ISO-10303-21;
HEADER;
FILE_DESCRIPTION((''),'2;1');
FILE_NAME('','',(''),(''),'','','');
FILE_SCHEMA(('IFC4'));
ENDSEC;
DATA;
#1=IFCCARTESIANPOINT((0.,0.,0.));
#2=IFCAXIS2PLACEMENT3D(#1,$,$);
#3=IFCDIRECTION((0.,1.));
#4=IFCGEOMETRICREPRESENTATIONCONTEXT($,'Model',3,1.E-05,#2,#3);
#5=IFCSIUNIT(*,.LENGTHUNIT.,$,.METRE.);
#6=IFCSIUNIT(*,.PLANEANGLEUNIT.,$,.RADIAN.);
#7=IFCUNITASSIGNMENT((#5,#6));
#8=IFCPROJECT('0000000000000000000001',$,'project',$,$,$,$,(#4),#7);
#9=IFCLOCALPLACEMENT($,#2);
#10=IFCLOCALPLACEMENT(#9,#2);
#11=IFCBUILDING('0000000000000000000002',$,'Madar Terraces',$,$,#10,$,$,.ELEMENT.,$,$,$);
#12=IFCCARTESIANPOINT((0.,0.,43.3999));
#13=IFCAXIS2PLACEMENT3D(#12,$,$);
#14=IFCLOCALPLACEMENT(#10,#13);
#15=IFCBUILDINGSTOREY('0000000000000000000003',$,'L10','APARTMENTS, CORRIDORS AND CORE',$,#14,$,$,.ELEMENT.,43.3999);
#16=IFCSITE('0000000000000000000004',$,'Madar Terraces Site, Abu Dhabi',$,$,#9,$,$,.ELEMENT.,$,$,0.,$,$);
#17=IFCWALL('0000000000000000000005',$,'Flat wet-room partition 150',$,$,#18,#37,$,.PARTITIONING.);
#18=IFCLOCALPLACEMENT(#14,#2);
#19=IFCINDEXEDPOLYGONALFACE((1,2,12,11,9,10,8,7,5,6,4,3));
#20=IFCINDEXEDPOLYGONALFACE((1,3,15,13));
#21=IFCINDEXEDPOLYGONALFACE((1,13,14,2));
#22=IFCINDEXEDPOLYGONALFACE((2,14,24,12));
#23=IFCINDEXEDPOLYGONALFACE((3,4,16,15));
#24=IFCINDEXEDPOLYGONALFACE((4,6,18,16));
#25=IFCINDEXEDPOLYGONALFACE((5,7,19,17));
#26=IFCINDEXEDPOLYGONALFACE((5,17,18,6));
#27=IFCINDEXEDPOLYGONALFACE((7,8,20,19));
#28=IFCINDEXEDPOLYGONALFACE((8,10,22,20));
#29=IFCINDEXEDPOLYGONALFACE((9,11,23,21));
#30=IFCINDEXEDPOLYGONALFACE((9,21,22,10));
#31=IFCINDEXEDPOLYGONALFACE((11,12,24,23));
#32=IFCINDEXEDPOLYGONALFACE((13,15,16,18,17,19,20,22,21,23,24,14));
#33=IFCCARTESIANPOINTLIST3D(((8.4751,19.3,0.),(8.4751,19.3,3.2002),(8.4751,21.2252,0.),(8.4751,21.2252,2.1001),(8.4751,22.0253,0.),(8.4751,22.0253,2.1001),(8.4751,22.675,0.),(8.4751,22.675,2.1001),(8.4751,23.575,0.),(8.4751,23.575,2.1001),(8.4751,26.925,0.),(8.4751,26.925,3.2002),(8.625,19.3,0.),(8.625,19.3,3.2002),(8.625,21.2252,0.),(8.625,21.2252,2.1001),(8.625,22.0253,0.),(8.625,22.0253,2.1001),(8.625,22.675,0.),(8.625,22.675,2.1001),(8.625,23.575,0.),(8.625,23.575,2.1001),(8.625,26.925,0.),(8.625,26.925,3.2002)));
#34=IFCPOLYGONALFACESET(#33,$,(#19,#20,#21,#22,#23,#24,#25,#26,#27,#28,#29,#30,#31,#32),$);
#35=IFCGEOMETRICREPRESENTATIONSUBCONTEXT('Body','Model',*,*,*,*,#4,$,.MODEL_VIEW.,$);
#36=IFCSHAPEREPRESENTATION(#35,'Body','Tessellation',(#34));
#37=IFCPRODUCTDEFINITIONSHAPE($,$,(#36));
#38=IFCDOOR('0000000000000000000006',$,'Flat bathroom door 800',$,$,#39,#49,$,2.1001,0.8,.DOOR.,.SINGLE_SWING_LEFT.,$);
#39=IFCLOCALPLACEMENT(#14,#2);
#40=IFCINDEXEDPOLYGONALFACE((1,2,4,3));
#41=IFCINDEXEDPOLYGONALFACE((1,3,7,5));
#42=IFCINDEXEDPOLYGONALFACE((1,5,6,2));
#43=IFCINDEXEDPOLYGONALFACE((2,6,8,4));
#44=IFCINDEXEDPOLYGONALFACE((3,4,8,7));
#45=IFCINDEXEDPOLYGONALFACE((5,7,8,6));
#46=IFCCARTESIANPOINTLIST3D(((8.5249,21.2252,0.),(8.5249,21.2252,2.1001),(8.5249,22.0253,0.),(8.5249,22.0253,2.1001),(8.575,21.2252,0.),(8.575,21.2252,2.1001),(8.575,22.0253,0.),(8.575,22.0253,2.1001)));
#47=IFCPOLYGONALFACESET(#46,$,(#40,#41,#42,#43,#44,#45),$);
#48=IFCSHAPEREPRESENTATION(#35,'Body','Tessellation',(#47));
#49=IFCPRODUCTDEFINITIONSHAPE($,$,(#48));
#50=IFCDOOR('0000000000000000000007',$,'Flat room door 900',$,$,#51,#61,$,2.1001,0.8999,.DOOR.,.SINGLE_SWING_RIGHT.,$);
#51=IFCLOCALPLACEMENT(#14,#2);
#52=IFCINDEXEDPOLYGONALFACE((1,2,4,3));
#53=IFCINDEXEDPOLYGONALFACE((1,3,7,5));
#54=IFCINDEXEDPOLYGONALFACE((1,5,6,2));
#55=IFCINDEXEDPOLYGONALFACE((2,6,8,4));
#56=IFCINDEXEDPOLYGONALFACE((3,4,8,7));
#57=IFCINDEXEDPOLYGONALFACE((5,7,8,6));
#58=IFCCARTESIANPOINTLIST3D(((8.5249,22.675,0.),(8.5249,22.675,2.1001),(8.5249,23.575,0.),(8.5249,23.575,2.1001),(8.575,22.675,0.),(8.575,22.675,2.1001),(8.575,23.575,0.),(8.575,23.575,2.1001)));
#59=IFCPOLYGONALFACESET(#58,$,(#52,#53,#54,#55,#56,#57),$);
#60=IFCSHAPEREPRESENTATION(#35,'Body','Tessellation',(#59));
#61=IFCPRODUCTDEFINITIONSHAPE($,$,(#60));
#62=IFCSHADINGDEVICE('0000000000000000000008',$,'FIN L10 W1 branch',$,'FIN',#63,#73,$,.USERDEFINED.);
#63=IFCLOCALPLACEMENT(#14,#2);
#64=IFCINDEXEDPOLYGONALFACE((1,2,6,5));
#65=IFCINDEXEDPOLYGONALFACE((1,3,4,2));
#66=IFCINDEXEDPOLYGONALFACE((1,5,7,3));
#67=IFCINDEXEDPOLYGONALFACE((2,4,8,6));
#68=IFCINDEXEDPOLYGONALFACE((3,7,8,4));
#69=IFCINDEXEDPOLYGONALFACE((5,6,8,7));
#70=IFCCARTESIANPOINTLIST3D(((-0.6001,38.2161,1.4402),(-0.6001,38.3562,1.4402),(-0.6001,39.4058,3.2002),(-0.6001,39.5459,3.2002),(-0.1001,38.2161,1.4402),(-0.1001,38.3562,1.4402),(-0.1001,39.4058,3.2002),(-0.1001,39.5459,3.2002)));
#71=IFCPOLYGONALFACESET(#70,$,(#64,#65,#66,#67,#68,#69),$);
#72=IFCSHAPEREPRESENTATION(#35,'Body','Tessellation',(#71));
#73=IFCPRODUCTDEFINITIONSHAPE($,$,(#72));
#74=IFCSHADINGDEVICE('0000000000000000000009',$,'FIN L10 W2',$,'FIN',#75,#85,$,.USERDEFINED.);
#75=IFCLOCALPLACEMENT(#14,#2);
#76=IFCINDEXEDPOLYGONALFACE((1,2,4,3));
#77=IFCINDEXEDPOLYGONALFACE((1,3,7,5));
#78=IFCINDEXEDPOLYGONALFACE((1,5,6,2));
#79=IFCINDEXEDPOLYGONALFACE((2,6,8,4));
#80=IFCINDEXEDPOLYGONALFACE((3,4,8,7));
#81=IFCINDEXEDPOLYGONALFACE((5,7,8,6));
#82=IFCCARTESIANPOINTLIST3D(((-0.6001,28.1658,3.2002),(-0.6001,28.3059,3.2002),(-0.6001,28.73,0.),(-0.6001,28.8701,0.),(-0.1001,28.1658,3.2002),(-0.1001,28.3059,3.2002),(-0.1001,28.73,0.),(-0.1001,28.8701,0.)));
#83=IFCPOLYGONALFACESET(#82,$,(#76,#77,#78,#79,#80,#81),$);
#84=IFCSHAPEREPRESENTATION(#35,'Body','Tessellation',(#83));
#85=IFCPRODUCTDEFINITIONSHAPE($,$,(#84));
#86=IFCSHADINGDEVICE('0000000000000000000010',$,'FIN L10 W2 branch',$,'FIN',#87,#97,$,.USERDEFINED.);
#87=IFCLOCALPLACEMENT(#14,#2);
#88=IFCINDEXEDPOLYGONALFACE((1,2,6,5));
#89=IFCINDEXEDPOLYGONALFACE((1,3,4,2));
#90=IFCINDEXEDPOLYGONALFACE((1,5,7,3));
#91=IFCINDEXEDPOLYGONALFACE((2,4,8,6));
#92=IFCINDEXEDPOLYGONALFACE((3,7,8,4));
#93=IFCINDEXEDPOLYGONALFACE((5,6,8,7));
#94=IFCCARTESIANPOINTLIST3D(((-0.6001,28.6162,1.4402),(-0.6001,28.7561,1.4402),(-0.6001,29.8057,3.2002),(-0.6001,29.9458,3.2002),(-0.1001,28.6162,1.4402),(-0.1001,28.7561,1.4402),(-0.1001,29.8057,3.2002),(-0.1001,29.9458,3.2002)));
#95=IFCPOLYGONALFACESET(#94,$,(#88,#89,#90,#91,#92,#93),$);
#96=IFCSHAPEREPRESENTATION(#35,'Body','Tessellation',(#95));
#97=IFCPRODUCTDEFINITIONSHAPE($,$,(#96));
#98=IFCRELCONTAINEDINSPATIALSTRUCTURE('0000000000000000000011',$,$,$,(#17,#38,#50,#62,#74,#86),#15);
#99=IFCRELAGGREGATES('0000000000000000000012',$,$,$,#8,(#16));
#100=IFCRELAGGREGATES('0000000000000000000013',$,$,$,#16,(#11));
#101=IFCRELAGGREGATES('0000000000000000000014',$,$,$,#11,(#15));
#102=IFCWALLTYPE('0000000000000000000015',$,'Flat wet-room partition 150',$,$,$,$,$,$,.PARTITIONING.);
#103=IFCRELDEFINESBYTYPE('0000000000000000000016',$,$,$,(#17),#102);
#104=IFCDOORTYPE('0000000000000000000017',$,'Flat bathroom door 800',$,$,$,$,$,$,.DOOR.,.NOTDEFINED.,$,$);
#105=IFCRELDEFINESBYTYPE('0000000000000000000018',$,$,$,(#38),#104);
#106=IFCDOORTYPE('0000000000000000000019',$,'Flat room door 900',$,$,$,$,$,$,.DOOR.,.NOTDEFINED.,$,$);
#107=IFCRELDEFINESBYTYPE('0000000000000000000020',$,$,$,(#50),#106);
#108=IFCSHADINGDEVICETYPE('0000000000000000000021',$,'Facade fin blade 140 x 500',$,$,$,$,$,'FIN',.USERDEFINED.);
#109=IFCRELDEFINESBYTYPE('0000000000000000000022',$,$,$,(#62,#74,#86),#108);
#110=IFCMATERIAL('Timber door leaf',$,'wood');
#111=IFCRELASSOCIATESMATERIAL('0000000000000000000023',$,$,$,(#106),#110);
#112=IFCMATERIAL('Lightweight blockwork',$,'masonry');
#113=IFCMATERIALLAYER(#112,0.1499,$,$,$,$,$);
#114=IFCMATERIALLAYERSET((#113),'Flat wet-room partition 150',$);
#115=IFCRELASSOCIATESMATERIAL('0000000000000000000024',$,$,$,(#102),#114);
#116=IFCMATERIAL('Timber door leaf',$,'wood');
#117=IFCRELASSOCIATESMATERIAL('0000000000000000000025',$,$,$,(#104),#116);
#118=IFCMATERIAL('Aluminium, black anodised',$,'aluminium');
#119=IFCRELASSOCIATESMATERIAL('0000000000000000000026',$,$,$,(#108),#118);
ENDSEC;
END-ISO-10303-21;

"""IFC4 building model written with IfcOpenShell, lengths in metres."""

from ifc_helpers import new_model, si_unit, direction, frame, frame_2d, origin, place, context, subcontext, project, spatial, polyline, rectangle, outline, extrude, material, layer, layer_set, type_object, element, fill, save


model = new_model("IFC4")

# Units and contexts
model_context = context("Model", 3, precision=1e-05, world=origin(), true_north=direction((0.0, 1.0)))
body_context = subcontext(model_context, "Body", "Model", "MODEL_VIEW")
ifc_project = project(units=[si_unit("LENGTHUNIT", "METRE"), si_unit("PLANEANGLEUNIT", "RADIAN")], contexts=[model_context])

# Site, building, storey
site_placement = place(None, origin())
site = spatial("IfcSite", under=ifc_project, at=site_placement, Name="Madar Terraces Site, Abu Dhabi", CompositionType="ELEMENT", RefElevation=0.0)
building_placement = place(site_placement, origin())
building = spatial("IfcBuilding", under=site, at=building_placement, Name="Madar Terraces", CompositionType="ELEMENT")
storey_placement = place(building_placement, frame((0.0, 0.0, 43.3999)))
storey = spatial("IfcBuildingStorey", under=building, at=storey_placement, Name="L10", Description="APARTMENTS, CORRIDORS AND CORE", CompositionType="ELEMENT", Elevation=43.3999)

# Shared definitions
ifc_material_1 = material(Name="Timber door leaf", Category="wood")
door_type_1 = type_object("IfcDoorType", Name="Flat room door 900", OperationType="NOTDEFINED", PredefinedType="DOOR", material=ifc_material_1)

# Wall, openings, doors
ifc_material_2 = material(Name="Lightweight blockwork", Category="masonry")
ifc_layer_1 = layer(ifc_material_2, 0.1499)
ifc_layer_set_1 = layer_set([ifc_layer_1], Name="Flat wet-room partition 150")
wall_type_1 = type_object("IfcWallType", Name="Flat wet-room partition 150", PredefinedType="PARTITIONING", material=ifc_layer_set_1)
ifc_material_3 = material(Name="Timber door leaf", Category="wood")
door_type_2 = type_object("IfcDoorType", Name="Flat bathroom door 800", OperationType="NOTDEFINED", PredefinedType="DOOR", material=ifc_material_3)
wall_1_placement = place(storey_placement, frame((8.55, 26.925, 0.0), z_axis=(0.0, 0.0, 1.0), x_axis=(0.0, -1.0, 0.0)))
wall_1 = element("IfcWall", 1, at=wall_1_placement, inside=storey, type_object=wall_type_1, Name="Flat wet-room partition 150", PredefinedType="PARTITIONING", context=body_context, shape_type="SweptSolid", body=[
    extrude(rectangle(XDim=7.625, YDim=0.1499, at=frame_2d((3.8125, 0.0))), origin(), (0.0, 0.0, 1.0), 3.2002),
])
opening_1_placement = place(wall_1_placement, frame((3.3501, 0.0, 0.0)))
opening_1 = element("IfcOpeningElement", 2, at=opening_1_placement, cuts=wall_1, PredefinedType="OPENING", context=body_context, shape_type="SweptSolid", body=[
    extrude(rectangle(XDim=0.8999, YDim=2.1001, at=frame_2d((0.45, 1.05))), frame((0.0, 0.085, 0.0), z_axis=(0.0, -1.0, 0.0), x_axis=(1.0, 0.0, 0.0)), (0.0, 0.0, 1.0), 0.1699),
])
opening_2_placement = place(wall_1_placement, frame((4.8999, 0.0, 0.0)))
opening_2 = element("IfcOpeningElement", 3, at=opening_2_placement, cuts=wall_1, PredefinedType="OPENING", context=body_context, shape_type="SweptSolid", body=[
    extrude(rectangle(XDim=0.8, YDim=2.1001, at=frame_2d((0.3999, 1.05))), frame((0.0, 0.085, 0.0), z_axis=(0.0, -1.0, 0.0), x_axis=(1.0, 0.0, 0.0)), (0.0, 0.0, 1.0), 0.1699),
])
door_1_placement = place(opening_2_placement, origin())
door_1 = element("IfcDoor", 4, at=door_1_placement, inside=storey, type_object=door_type_2, Name="Flat bathroom door 800", OperationType="SINGLE_SWING_LEFT", OverallHeight=2.1001, OverallWidth=0.8, PredefinedType="DOOR", context=body_context, shape_type="SweptSolid", body=[
    extrude(rectangle(XDim=0.8, YDim=2.1001, at=frame_2d((0.3999, 1.05))), frame((0.0, 0.0249, 0.0), z_axis=(0.0, -1.0, 0.0), x_axis=(1.0, 0.0, 0.0)), (0.0, 0.0, 1.0), 0.05),
])
fill(opening_2, door_1)
door_2_placement = place(opening_1_placement, origin())
door_2 = element("IfcDoor", 5, at=door_2_placement, inside=storey, type_object=door_type_1, Name="Flat room door 900", OperationType="SINGLE_SWING_RIGHT", OverallHeight=2.1001, OverallWidth=0.8999, PredefinedType="DOOR", context=body_context, shape_type="SweptSolid", body=[
    extrude(rectangle(XDim=0.8999, YDim=2.1001, at=frame_2d((0.45, 1.05))), frame((0.0, 0.0249, 0.0), z_axis=(0.0, -1.0, 0.0), x_axis=(1.0, 0.0, 0.0)), (0.0, 0.0, 1.0), 0.05),
])
fill(opening_1, door_2)

# Shading devices
ifc_material_4 = material(Name="Aluminium, black anodised", Category="aluminium")
shading_device_type = type_object("IfcShadingDeviceType", Name="Facade fin blade 140 x 500", ElementType="FIN", PredefinedType="USERDEFINED", material=ifc_material_4)
shading_device_1_placement = place(storey_placement, frame((-0.3501, 38.3562, 1.4402), z_axis=(0.0, 0.0, 1.0), x_axis=(0.0, -1.0, 0.0)))
element("IfcShadingDevice", 6, at=shading_device_1_placement, inside=storey, type_object=shading_device_type, Name="FIN L10 W1 branch", ObjectType="FIN", PredefinedType="USERDEFINED", context=body_context, shape_type="SweptSolid", body=[
    extrude(outline(polyline([(0.0, 0.0), (0.1401, 0.0), (-1.0496, 1.76), (-1.1897, 1.76), (0.0, 0.0)])), frame((0.0, 0.25, 0.0), z_axis=(0.0, -1.0, 0.0), x_axis=(1.0, 0.0, 0.0)), (0.0, 0.0, 1.0), 0.5),
])
shading_device_2_placement = place(storey_placement, frame((-0.3501, 28.8701, 0.0), z_axis=(0.0, 0.0, 1.0), x_axis=(0.0, -1.0, 0.0)))
element("IfcShadingDevice", 7, at=shading_device_2_placement, inside=storey, type_object=shading_device_type, Name="FIN L10 W2", ObjectType="FIN", PredefinedType="USERDEFINED", context=body_context, shape_type="SweptSolid", body=[
    extrude(outline(polyline([(0.0, 0.0), (0.1401, 0.0), (0.7043, 3.2002), (0.5642, 3.2002), (0.0, 0.0)])), frame((0.0, 0.25, 0.0), z_axis=(0.0, -1.0, 0.0), x_axis=(1.0, 0.0, 0.0)), (0.0, 0.0, 1.0), 0.5),
])
shading_device_3_placement = place(storey_placement, frame((-0.3501, 28.7561, 1.4402), z_axis=(0.0, 0.0, 1.0), x_axis=(0.0, -1.0, 0.0)))
element("IfcShadingDevice", 8, at=shading_device_3_placement, inside=storey, type_object=shading_device_type, Name="FIN L10 W2 branch", ObjectType="FIN", PredefinedType="USERDEFINED", context=body_context, shape_type="SweptSolid", body=[
    extrude(outline(polyline([(0.0, 0.0), (0.1399, 0.0), (-1.0496, 1.76), (-1.1897, 1.76), (0.0, 0.0)])), frame((0.0, 0.25, 0.0), z_axis=(0.0, -1.0, 0.0), x_axis=(1.0, 0.0, 0.0)), (0.0, 0.0, 1.0), 0.5),
])

save(model, "model.ifc")
